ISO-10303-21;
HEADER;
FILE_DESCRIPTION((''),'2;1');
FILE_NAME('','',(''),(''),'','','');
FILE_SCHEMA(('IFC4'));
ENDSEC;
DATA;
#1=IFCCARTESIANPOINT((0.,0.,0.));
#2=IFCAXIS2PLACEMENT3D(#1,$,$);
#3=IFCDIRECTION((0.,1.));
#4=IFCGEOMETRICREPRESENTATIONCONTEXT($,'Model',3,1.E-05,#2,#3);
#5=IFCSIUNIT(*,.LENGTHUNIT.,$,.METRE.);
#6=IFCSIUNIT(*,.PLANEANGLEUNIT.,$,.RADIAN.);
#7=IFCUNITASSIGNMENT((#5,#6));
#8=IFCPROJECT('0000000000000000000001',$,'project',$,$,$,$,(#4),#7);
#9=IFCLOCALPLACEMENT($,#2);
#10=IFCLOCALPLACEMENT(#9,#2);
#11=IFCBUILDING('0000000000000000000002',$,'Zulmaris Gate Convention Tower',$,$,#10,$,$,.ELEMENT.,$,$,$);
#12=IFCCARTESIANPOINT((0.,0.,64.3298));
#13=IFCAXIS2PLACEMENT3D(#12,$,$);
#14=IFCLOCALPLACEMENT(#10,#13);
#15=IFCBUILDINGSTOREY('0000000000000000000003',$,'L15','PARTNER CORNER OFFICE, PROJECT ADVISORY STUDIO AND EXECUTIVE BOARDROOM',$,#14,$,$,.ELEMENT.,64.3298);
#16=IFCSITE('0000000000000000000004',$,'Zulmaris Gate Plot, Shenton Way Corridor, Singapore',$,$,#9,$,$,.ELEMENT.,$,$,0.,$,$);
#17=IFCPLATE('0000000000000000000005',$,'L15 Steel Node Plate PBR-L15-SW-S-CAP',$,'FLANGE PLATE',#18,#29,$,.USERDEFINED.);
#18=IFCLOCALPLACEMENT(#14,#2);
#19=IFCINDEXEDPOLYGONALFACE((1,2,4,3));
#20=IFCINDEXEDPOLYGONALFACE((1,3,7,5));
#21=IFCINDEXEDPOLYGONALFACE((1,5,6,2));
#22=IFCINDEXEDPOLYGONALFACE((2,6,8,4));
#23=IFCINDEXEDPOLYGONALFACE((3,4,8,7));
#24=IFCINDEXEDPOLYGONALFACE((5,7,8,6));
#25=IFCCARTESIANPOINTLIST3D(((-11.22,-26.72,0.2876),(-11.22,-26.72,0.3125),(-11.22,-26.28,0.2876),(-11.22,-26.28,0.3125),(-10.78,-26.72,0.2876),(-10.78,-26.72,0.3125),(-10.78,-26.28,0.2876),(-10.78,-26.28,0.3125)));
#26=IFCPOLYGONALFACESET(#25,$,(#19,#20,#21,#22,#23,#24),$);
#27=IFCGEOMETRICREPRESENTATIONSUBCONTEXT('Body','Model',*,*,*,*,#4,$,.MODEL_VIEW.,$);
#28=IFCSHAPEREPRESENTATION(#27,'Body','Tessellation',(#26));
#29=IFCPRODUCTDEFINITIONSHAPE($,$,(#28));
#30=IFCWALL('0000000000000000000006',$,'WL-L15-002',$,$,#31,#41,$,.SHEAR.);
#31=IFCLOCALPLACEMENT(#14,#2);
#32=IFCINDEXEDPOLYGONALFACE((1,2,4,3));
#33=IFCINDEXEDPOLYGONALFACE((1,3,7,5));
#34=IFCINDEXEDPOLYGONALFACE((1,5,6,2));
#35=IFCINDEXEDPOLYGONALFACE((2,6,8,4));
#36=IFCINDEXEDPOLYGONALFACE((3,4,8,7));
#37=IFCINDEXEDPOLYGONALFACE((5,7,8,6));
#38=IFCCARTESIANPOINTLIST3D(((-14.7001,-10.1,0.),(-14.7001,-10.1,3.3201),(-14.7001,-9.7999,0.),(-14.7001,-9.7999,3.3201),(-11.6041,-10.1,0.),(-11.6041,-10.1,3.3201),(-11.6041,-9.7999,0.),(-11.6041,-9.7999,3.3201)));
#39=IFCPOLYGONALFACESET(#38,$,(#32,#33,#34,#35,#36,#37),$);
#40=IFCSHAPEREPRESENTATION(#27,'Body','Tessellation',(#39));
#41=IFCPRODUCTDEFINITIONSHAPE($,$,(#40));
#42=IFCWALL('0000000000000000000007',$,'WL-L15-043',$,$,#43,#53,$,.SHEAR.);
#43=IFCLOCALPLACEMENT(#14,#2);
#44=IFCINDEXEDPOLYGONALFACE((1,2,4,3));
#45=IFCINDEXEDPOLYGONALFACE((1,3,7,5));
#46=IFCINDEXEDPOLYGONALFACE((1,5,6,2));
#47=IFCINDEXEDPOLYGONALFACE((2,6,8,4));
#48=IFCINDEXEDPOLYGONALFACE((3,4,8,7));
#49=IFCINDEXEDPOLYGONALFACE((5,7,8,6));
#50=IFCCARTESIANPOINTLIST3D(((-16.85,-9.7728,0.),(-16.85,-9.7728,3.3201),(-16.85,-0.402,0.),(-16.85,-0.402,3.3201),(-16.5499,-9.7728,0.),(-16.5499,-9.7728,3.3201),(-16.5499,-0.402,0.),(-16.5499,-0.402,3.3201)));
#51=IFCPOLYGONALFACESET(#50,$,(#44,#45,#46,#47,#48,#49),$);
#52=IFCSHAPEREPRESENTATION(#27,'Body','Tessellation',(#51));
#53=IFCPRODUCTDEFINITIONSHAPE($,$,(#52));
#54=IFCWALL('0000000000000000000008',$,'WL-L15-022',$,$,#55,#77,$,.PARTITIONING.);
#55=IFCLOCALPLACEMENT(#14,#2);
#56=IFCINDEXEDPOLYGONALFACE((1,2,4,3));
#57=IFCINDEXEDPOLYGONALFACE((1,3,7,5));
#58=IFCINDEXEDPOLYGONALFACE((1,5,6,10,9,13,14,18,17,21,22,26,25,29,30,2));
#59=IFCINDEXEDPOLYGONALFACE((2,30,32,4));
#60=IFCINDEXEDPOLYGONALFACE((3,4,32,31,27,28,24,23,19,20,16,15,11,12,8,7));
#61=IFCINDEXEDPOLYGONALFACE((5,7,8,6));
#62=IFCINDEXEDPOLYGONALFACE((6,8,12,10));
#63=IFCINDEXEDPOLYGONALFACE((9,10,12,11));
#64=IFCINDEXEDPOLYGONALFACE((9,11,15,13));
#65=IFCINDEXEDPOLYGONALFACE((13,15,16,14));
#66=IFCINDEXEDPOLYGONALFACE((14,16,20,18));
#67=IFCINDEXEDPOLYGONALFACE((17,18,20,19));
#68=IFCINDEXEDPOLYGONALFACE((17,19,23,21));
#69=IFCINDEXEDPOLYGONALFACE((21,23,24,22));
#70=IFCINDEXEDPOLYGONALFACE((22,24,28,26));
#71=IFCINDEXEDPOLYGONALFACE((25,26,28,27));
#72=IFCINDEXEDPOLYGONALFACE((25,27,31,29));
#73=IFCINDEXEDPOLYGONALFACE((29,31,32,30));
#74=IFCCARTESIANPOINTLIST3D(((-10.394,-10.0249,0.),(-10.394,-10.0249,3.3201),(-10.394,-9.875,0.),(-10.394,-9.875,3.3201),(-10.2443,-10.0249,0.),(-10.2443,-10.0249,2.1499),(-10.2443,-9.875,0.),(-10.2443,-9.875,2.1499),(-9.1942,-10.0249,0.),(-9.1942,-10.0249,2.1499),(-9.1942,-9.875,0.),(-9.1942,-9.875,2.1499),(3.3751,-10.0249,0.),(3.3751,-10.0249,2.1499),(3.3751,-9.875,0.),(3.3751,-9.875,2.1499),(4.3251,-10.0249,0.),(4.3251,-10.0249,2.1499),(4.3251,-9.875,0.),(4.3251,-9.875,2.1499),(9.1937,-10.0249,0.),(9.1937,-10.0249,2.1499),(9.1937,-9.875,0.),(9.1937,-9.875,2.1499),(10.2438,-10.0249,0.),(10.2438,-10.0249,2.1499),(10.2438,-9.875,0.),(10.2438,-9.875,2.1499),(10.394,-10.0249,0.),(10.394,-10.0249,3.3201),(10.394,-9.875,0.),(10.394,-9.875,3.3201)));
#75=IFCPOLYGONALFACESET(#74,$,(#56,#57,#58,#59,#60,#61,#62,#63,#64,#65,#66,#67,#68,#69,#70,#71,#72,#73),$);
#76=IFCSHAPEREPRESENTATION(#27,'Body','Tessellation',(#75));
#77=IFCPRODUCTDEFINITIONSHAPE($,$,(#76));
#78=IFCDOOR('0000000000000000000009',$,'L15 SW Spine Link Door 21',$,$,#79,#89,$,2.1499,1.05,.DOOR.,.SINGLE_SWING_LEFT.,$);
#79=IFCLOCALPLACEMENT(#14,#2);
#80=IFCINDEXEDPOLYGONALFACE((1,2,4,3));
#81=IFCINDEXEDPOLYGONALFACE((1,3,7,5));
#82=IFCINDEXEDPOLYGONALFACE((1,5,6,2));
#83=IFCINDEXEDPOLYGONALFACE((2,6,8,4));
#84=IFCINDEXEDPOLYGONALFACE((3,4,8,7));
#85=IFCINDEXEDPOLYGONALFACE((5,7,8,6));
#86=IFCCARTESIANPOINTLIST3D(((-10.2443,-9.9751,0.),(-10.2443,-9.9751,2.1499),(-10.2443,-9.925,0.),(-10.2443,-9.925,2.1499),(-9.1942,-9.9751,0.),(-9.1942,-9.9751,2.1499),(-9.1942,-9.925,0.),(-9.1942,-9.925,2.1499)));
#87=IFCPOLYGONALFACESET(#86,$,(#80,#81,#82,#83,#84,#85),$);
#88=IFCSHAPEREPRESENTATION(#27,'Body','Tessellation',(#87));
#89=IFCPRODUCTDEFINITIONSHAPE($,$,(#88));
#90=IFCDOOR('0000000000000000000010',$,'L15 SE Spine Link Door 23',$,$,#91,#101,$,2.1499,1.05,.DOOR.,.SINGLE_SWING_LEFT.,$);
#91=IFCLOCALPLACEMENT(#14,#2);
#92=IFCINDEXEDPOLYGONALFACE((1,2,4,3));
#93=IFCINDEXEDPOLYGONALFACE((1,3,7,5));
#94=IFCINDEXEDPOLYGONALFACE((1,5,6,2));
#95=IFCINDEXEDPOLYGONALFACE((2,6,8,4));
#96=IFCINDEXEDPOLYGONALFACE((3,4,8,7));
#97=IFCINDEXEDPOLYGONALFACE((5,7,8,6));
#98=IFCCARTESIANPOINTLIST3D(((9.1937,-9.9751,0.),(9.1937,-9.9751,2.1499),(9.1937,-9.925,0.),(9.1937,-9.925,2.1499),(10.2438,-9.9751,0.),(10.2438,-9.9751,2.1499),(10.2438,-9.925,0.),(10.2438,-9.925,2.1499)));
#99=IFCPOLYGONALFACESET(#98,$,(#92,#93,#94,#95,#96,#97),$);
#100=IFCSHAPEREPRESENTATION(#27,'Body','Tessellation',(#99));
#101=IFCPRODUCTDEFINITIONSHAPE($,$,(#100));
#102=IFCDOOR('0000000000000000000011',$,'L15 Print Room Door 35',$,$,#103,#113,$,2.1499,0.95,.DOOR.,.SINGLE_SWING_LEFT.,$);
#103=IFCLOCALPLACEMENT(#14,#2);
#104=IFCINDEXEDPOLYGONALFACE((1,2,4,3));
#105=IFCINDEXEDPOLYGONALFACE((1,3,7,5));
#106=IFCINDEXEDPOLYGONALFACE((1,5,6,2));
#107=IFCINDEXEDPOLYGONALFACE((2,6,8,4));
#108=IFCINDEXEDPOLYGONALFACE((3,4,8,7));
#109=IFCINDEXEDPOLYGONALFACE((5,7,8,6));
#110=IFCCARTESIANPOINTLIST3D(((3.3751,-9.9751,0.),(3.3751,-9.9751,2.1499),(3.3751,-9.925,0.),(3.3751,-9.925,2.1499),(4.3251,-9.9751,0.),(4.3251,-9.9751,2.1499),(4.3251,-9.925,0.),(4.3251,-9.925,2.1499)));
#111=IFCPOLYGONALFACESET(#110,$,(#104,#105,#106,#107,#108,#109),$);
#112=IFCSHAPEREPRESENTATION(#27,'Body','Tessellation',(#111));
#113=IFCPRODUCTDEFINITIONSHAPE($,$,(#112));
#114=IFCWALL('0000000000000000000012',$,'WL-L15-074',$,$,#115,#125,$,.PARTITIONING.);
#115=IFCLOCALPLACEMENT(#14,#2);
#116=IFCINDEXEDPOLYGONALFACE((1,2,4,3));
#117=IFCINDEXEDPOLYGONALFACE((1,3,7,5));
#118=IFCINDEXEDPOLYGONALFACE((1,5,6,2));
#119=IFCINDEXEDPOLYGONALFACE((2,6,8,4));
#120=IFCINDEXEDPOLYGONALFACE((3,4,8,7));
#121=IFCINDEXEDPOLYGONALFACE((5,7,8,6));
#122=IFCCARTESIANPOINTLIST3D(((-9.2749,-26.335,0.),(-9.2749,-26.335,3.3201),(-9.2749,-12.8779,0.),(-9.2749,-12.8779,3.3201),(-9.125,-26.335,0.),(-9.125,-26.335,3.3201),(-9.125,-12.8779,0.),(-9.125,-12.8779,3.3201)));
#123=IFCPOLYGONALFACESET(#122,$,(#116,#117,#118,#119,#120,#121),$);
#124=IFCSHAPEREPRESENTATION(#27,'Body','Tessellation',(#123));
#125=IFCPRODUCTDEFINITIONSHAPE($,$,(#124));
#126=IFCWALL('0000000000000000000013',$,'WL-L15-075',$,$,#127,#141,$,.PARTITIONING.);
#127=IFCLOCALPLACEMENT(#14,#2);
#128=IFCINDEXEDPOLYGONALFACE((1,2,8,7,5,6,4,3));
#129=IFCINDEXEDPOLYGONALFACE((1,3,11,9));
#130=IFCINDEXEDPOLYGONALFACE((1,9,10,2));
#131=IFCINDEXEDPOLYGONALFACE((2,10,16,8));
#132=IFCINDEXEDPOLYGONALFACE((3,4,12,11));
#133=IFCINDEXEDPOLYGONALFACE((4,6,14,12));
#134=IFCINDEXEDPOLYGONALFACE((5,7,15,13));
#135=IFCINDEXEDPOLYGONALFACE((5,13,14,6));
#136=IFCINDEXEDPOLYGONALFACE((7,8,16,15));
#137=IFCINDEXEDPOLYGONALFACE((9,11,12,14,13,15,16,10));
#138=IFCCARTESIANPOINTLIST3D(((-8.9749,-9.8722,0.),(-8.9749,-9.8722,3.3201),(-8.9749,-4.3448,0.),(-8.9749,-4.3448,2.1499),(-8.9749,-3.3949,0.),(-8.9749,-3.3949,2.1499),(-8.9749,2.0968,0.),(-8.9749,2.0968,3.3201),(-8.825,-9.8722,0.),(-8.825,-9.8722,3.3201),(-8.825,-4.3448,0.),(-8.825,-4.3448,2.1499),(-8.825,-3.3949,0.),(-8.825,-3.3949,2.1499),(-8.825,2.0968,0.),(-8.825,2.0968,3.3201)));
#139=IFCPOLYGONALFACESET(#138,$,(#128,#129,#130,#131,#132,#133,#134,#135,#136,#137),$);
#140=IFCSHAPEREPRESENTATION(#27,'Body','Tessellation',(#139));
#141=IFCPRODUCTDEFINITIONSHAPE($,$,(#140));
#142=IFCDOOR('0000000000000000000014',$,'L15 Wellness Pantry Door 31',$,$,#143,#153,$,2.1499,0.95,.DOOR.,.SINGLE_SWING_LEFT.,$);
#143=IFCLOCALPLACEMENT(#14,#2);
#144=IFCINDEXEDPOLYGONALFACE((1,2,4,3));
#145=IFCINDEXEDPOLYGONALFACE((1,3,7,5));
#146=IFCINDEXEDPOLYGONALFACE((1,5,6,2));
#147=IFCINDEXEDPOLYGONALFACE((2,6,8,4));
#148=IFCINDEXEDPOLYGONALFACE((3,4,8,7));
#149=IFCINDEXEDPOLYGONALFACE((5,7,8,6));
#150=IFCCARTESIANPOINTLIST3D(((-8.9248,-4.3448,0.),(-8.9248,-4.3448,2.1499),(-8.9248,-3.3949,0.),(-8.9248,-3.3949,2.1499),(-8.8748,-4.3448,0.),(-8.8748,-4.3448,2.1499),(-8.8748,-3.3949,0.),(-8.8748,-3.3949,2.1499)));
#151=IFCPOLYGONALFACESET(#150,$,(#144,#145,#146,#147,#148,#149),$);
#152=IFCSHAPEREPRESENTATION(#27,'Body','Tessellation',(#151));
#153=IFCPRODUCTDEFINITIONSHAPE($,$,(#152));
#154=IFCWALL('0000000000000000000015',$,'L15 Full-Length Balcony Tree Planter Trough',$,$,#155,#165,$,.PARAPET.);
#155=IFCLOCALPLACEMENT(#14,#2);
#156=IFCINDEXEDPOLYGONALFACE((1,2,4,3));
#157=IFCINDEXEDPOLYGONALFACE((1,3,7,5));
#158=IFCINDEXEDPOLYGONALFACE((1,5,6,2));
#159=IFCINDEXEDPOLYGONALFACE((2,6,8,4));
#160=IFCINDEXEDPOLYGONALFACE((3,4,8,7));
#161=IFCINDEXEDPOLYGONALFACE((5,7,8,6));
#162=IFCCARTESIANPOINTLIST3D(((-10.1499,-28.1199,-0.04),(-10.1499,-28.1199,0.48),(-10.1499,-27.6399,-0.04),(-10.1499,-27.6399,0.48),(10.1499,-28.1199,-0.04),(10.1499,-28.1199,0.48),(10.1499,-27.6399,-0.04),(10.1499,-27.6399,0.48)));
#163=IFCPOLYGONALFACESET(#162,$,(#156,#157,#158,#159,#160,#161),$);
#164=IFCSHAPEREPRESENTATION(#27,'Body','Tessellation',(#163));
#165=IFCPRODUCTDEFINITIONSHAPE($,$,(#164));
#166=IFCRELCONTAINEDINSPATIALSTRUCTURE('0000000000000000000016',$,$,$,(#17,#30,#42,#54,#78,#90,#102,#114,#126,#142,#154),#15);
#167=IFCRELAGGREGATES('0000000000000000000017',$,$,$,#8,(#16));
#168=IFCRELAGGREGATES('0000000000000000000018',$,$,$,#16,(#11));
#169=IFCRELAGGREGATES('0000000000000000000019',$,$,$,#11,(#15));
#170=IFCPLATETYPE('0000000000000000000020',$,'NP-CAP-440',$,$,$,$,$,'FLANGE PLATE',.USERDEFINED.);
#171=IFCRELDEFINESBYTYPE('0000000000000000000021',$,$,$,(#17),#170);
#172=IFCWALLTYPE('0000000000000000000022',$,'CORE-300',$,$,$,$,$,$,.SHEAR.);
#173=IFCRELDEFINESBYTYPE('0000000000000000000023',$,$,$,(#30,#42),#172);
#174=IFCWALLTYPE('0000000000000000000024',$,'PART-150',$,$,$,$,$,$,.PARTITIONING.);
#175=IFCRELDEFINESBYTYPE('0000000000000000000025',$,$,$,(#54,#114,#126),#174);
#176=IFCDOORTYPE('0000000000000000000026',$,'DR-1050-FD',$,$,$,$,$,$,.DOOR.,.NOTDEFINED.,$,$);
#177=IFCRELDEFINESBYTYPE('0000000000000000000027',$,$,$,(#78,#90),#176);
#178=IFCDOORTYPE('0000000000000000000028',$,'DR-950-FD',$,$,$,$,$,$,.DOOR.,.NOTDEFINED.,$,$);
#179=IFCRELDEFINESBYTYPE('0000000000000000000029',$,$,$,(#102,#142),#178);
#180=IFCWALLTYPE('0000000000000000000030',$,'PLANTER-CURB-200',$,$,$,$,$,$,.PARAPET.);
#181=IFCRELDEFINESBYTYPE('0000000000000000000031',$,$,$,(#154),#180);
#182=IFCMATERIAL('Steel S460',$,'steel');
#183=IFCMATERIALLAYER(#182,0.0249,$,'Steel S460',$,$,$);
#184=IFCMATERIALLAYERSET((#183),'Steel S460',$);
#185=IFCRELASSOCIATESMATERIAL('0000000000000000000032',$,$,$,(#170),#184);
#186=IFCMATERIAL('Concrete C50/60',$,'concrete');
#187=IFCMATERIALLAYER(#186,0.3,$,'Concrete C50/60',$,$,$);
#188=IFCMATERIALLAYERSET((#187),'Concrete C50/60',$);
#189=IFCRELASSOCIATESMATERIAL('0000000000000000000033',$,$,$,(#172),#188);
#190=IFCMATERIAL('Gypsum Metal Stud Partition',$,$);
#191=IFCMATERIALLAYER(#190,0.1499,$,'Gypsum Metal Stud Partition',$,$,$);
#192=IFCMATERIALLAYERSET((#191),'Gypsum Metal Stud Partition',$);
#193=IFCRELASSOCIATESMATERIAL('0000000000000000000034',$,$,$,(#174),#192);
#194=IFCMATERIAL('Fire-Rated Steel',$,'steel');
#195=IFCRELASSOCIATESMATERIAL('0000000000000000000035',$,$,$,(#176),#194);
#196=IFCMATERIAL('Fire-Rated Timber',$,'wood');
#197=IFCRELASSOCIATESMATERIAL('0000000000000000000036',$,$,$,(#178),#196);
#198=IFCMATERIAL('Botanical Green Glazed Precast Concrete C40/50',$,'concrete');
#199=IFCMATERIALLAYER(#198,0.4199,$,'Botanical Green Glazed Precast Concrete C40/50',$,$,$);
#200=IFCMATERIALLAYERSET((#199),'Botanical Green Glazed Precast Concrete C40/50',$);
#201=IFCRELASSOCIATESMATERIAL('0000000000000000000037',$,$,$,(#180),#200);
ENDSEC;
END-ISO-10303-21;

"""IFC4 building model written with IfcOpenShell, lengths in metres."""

from ifc_helpers import new_model, si_unit, direction, frame, frame_2d, origin, origin_2d, place, context, subcontext, project, spatial, rectangle, extrude, material, layer, layer_set, type_object, element, fill, save


model = new_model("IFC4")

# Units and contexts
model_context = context("Model", 3, precision=1e-05, world=origin(), true_north=direction((0.0, 1.0)))
body_context = subcontext(model_context, "Body", "Model", "MODEL_VIEW")
ifc_project = project(units=[si_unit("LENGTHUNIT", "METRE"), si_unit("PLANEANGLEUNIT", "RADIAN")], contexts=[model_context])

# Site, building, storey
site_placement = place(None, origin())
site = spatial("IfcSite", under=ifc_project, at=site_placement, Name="Zulmaris Gate Plot, Shenton Way Corridor, Singapore", CompositionType="ELEMENT", RefElevation=0.0)
building_placement = place(site_placement, origin())
building = spatial("IfcBuilding", under=site, at=building_placement, Name="Zulmaris Gate Convention Tower", CompositionType="ELEMENT")
storey_placement = place(building_placement, frame((0.0, 0.0, 64.3298)))
storey = spatial("IfcBuildingStorey", under=building, at=storey_placement, Name="L15", Description="PARTNER CORNER OFFICE, PROJECT ADVISORY STUDIO AND EXECUTIVE BOARDROOM", CompositionType="ELEMENT", Elevation=64.3298)

# Shared definitions
ifc_material_1 = material(Name="Steel S460", Category="steel")

# Plate
ifc_layer_1 = layer(ifc_material_1, 0.0249, Name="Steel S460")
ifc_layer_set_1 = layer_set([ifc_layer_1], Name="Steel S460")
plate_type = type_object("IfcPlateType", Name="NP-CAP-440", ElementType="FLANGE PLATE", PredefinedType="USERDEFINED", material=ifc_layer_set_1)
plate_placement = place(storey_placement, frame((-11.0, -26.5, 0.2876), z_axis=(0.0, 0.0, 1.0), x_axis=(1.0, 0.0, 0.0)))
element("IfcPlate", 1, at=plate_placement, inside=storey, type_object=plate_type, Name="L15 Steel Node Plate PBR-L15-SW-S-CAP", ObjectType="FLANGE PLATE", PredefinedType="USERDEFINED", context=body_context, shape_type="SweptSolid", body=[
    extrude(rectangle(XDim=0.4399, YDim=0.4399, at=origin_2d()), origin(), (0.0, 0.0, 1.0), 0.0249),
])

# Walls
ifc_material_2 = material(Name="Concrete C50/60", Category="concrete")
ifc_layer_2 = layer(ifc_material_2, 0.3, Name="Concrete C50/60")
ifc_layer_set_2 = layer_set([ifc_layer_2], Name="Concrete C50/60")
wall_type_1 = type_object("IfcWallType", Name="CORE-300", PredefinedType="SHEAR", material=ifc_layer_set_2)
wall_1_placement = place(storey_placement, frame((-14.7, -9.95, 0.0), z_axis=(0.0, 0.0, 1.0), x_axis=(1.0, 0.0, 0.0)))
element("IfcWall", 2, at=wall_1_placement, inside=storey, type_object=wall_type_1, Name="WL-L15-002", PredefinedType="SHEAR", context=body_context, shape_type="SweptSolid", body=[
    extrude(rectangle(XDim=3.0959, YDim=0.3, at=frame_2d((1.5479, 0.0))), origin(), (0.0, 0.0, 1.0), 3.3201),
])
wall_2_placement = place(storey_placement, frame((-16.7, -9.7729, 0.0), z_axis=(0.0, 0.0, 1.0), x_axis=(0.0, 1.0, 0.0)))
element("IfcWall", 3, at=wall_2_placement, inside=storey, type_object=wall_type_1, Name="WL-L15-043", PredefinedType="SHEAR", context=body_context, shape_type="SweptSolid", body=[
    extrude(rectangle(XDim=9.3708, YDim=0.3, at=frame_2d((4.6855, 0.0))), origin(), (0.0, 0.0, 1.0), 3.3201),
])

# Wall, openings, doors
ifc_material_3 = material(Name="Gypsum Metal Stud Partition")
ifc_layer_3 = layer(ifc_material_3, 0.1499, Name="Gypsum Metal Stud Partition")
ifc_layer_set_3 = layer_set([ifc_layer_3], Name="Gypsum Metal Stud Partition")
wall_type_2 = type_object("IfcWallType", Name="PART-150", PredefinedType="PARTITIONING", material=ifc_layer_set_3)
wall_3_placement = place(storey_placement, frame((-10.394, -9.95, 0.0), z_axis=(0.0, 0.0, 1.0), x_axis=(1.0, 0.0, 0.0)))
wall_3 = element("IfcWall", 4, at=wall_3_placement, inside=storey, type_object=wall_type_2, Name="WL-L15-022", PredefinedType="PARTITIONING", context=body_context, shape_type="SweptSolid", body=[
    extrude(rectangle(XDim=20.7881, YDim=0.1499, at=frame_2d((10.394, 0.0))), origin(), (0.0, 0.0, 1.0), 3.3201),
])
opening_1_placement = place(wall_3_placement, frame((0.1499, 0.0, 0.0)))
opening_1 = element("IfcOpeningElement", 5, at=opening_1_placement, cuts=wall_3, PredefinedType="OPENING", context=body_context, shape_type="SweptSolid", body=[
    extrude(rectangle(XDim=1.05, YDim=2.1499, at=frame_2d((0.5249, 1.075))), frame((0.0, 0.085, 0.0), z_axis=(0.0, -1.0, 0.0), x_axis=(1.0, 0.0, 0.0)), (0.0, 0.0, 1.0), 0.1699),
])
opening_2_placement = place(wall_3_placement, frame((19.5879, 0.0, 0.0)))
opening_2 = element("IfcOpeningElement", 6, at=opening_2_placement, cuts=wall_3, PredefinedType="OPENING", context=body_context, shape_type="SweptSolid", body=[
    extrude(rectangle(XDim=1.05, YDim=2.1499, at=frame_2d((0.5249, 1.075))), frame((0.0, 0.085, 0.0), z_axis=(0.0, -1.0, 0.0), x_axis=(1.0, 0.0, 0.0)), (0.0, 0.0, 1.0), 0.1699),
])
opening_3_placement = place(wall_3_placement, frame((13.769, 0.0, 0.0)))
opening_3 = element("IfcOpeningElement", 7, at=opening_3_placement, cuts=wall_3, PredefinedType="OPENING", context=body_context, shape_type="SweptSolid", body=[
    extrude(rectangle(XDim=0.95, YDim=2.1499, at=frame_2d((0.4751, 1.075))), frame((0.0, 0.085, 0.0), z_axis=(0.0, -1.0, 0.0), x_axis=(1.0, 0.0, 0.0)), (0.0, 0.0, 1.0), 0.1699),
])
ifc_material_4 = material(Name="Fire-Rated Steel", Category="steel")
door_type_1 = type_object("IfcDoorType", Name="DR-1050-FD", OperationType="NOTDEFINED", PredefinedType="DOOR", material=ifc_material_4)
door_1_placement = place(opening_1_placement, origin())
door_1 = element("IfcDoor", 8, at=door_1_placement, inside=storey, type_object=door_type_1, Name="L15 SW Spine Link Door 21", OperationType="SINGLE_SWING_LEFT", OverallHeight=2.1499, OverallWidth=1.05, PredefinedType="DOOR", context=body_context, shape_type="SweptSolid", body=[
    extrude(rectangle(XDim=1.05, YDim=2.1499, at=frame_2d((0.5249, 1.075))), frame((0.0, 0.0249, 0.0), z_axis=(0.0, -1.0, 0.0), x_axis=(1.0, 0.0, 0.0)), (0.0, 0.0, 1.0), 0.05),
])
fill(opening_1, door_1)
door_2_placement = place(opening_2_placement, origin())
door_2 = element("IfcDoor", 9, at=door_2_placement, inside=storey, type_object=door_type_1, Name="L15 SE Spine Link Door 23", OperationType="SINGLE_SWING_LEFT", OverallHeight=2.1499, OverallWidth=1.05, PredefinedType="DOOR", context=body_context, shape_type="SweptSolid", body=[
    extrude(rectangle(XDim=1.05, YDim=2.1499, at=frame_2d((0.5249, 1.075))), frame((0.0, 0.0249, 0.0), z_axis=(0.0, -1.0, 0.0), x_axis=(1.0, 0.0, 0.0)), (0.0, 0.0, 1.0), 0.05),
])
fill(opening_2, door_2)
ifc_material_5 = material(Name="Fire-Rated Timber", Category="wood")
door_type_2 = type_object("IfcDoorType", Name="DR-950-FD", OperationType="NOTDEFINED", PredefinedType="DOOR", material=ifc_material_5)
door_3_placement = place(opening_3_placement, origin())
door_3 = element("IfcDoor", 10, at=door_3_placement, inside=storey, type_object=door_type_2, Name="L15 Print Room Door 35", OperationType="SINGLE_SWING_LEFT", OverallHeight=2.1499, OverallWidth=0.95, PredefinedType="DOOR", context=body_context, shape_type="SweptSolid", body=[
    extrude(rectangle(XDim=0.95, YDim=2.1499, at=frame_2d((0.4751, 1.075))), frame((0.0, 0.0249, 0.0), z_axis=(0.0, -1.0, 0.0), x_axis=(1.0, 0.0, 0.0)), (0.0, 0.0, 1.0), 0.05),
])
fill(opening_3, door_3)

# Wall
wall_4_placement = place(storey_placement, frame((-9.2, -26.335, 0.0), z_axis=(0.0, 0.0, 1.0), x_axis=(0.0, 1.0, 0.0)))
element("IfcWall", 11, at=wall_4_placement, inside=storey, type_object=wall_type_2, Name="WL-L15-074", PredefinedType="PARTITIONING", context=body_context, shape_type="SweptSolid", body=[
    extrude(rectangle(XDim=13.457, YDim=0.1499, at=frame_2d((6.7285, 0.0))), origin(), (0.0, 0.0, 1.0), 3.3201),
])

# Wall, opening, door
wall_5_placement = place(storey_placement, frame((-8.8999, -9.8721, 0.0), z_axis=(0.0, 0.0, 1.0), x_axis=(0.0, 1.0, 0.0)))
wall_5 = element("IfcWall", 12, at=wall_5_placement, inside=storey, type_object=wall_type_2, Name="WL-L15-075", PredefinedType="PARTITIONING", context=body_context, shape_type="SweptSolid", body=[
    extrude(rectangle(XDim=11.969, YDim=0.1499, at=frame_2d((5.9844, 0.0))), origin(), (0.0, 0.0, 1.0), 3.3201),
])
opening_4_placement = place(wall_5_placement, frame((5.5271, 0.0, 0.0)))
opening_4 = element("IfcOpeningElement", 13, at=opening_4_placement, cuts=wall_5, PredefinedType="OPENING", context=body_context, shape_type="SweptSolid", body=[
    extrude(rectangle(XDim=0.95, YDim=2.1499, at=frame_2d((0.4751, 1.075))), frame((0.0, 0.085, 0.0), z_axis=(0.0, -1.0, 0.0), x_axis=(1.0, 0.0, 0.0)), (0.0, 0.0, 1.0), 0.1699),
])
door_4_placement = place(opening_4_placement, origin())
door_4 = element("IfcDoor", 14, at=door_4_placement, inside=storey, type_object=door_type_2, Name="L15 Wellness Pantry Door 31", OperationType="SINGLE_SWING_LEFT", OverallHeight=2.1499, OverallWidth=0.95, PredefinedType="DOOR", context=body_context, shape_type="SweptSolid", body=[
    extrude(rectangle(XDim=0.95, YDim=2.1499, at=frame_2d((0.4751, 1.075))), frame((0.0, 0.0249, 0.0), z_axis=(0.0, -1.0, 0.0), x_axis=(1.0, 0.0, 0.0)), (0.0, 0.0, 1.0), 0.05),
])
fill(opening_4, door_4)

# Wall
ifc_material_6 = material(Name="Botanical Green Glazed Precast Concrete C40/50", Category="concrete")
ifc_layer_4 = layer(ifc_material_6, 0.4199, Name="Botanical Green Glazed Precast Concrete C40/50")
ifc_layer_set_4 = layer_set([ifc_layer_4], Name="Botanical Green Glazed Precast Concrete C40/50")
wall_type_3 = type_object("IfcWallType", Name="PLANTER-CURB-200", PredefinedType="PARAPET", material=ifc_layer_set_4)
wall_6_placement = place(storey_placement, frame((-10.1499, -27.8799, -0.04), z_axis=(0.0, 0.0, 1.0), x_axis=(1.0, 0.0, 0.0)))
element("IfcWall", 15, at=wall_6_placement, inside=storey, type_object=wall_type_3, Name="L15 Full-Length Balcony Tree Planter Trough", PredefinedType="PARAPET", context=body_context, shape_type="SweptSolid", body=[
    extrude(rectangle(XDim=20.2998, YDim=0.48, at=frame_2d((10.1499, 0.0))), origin(), (0.0, 0.0, 1.0), 0.52),
])

save(model, "model.ifc")
